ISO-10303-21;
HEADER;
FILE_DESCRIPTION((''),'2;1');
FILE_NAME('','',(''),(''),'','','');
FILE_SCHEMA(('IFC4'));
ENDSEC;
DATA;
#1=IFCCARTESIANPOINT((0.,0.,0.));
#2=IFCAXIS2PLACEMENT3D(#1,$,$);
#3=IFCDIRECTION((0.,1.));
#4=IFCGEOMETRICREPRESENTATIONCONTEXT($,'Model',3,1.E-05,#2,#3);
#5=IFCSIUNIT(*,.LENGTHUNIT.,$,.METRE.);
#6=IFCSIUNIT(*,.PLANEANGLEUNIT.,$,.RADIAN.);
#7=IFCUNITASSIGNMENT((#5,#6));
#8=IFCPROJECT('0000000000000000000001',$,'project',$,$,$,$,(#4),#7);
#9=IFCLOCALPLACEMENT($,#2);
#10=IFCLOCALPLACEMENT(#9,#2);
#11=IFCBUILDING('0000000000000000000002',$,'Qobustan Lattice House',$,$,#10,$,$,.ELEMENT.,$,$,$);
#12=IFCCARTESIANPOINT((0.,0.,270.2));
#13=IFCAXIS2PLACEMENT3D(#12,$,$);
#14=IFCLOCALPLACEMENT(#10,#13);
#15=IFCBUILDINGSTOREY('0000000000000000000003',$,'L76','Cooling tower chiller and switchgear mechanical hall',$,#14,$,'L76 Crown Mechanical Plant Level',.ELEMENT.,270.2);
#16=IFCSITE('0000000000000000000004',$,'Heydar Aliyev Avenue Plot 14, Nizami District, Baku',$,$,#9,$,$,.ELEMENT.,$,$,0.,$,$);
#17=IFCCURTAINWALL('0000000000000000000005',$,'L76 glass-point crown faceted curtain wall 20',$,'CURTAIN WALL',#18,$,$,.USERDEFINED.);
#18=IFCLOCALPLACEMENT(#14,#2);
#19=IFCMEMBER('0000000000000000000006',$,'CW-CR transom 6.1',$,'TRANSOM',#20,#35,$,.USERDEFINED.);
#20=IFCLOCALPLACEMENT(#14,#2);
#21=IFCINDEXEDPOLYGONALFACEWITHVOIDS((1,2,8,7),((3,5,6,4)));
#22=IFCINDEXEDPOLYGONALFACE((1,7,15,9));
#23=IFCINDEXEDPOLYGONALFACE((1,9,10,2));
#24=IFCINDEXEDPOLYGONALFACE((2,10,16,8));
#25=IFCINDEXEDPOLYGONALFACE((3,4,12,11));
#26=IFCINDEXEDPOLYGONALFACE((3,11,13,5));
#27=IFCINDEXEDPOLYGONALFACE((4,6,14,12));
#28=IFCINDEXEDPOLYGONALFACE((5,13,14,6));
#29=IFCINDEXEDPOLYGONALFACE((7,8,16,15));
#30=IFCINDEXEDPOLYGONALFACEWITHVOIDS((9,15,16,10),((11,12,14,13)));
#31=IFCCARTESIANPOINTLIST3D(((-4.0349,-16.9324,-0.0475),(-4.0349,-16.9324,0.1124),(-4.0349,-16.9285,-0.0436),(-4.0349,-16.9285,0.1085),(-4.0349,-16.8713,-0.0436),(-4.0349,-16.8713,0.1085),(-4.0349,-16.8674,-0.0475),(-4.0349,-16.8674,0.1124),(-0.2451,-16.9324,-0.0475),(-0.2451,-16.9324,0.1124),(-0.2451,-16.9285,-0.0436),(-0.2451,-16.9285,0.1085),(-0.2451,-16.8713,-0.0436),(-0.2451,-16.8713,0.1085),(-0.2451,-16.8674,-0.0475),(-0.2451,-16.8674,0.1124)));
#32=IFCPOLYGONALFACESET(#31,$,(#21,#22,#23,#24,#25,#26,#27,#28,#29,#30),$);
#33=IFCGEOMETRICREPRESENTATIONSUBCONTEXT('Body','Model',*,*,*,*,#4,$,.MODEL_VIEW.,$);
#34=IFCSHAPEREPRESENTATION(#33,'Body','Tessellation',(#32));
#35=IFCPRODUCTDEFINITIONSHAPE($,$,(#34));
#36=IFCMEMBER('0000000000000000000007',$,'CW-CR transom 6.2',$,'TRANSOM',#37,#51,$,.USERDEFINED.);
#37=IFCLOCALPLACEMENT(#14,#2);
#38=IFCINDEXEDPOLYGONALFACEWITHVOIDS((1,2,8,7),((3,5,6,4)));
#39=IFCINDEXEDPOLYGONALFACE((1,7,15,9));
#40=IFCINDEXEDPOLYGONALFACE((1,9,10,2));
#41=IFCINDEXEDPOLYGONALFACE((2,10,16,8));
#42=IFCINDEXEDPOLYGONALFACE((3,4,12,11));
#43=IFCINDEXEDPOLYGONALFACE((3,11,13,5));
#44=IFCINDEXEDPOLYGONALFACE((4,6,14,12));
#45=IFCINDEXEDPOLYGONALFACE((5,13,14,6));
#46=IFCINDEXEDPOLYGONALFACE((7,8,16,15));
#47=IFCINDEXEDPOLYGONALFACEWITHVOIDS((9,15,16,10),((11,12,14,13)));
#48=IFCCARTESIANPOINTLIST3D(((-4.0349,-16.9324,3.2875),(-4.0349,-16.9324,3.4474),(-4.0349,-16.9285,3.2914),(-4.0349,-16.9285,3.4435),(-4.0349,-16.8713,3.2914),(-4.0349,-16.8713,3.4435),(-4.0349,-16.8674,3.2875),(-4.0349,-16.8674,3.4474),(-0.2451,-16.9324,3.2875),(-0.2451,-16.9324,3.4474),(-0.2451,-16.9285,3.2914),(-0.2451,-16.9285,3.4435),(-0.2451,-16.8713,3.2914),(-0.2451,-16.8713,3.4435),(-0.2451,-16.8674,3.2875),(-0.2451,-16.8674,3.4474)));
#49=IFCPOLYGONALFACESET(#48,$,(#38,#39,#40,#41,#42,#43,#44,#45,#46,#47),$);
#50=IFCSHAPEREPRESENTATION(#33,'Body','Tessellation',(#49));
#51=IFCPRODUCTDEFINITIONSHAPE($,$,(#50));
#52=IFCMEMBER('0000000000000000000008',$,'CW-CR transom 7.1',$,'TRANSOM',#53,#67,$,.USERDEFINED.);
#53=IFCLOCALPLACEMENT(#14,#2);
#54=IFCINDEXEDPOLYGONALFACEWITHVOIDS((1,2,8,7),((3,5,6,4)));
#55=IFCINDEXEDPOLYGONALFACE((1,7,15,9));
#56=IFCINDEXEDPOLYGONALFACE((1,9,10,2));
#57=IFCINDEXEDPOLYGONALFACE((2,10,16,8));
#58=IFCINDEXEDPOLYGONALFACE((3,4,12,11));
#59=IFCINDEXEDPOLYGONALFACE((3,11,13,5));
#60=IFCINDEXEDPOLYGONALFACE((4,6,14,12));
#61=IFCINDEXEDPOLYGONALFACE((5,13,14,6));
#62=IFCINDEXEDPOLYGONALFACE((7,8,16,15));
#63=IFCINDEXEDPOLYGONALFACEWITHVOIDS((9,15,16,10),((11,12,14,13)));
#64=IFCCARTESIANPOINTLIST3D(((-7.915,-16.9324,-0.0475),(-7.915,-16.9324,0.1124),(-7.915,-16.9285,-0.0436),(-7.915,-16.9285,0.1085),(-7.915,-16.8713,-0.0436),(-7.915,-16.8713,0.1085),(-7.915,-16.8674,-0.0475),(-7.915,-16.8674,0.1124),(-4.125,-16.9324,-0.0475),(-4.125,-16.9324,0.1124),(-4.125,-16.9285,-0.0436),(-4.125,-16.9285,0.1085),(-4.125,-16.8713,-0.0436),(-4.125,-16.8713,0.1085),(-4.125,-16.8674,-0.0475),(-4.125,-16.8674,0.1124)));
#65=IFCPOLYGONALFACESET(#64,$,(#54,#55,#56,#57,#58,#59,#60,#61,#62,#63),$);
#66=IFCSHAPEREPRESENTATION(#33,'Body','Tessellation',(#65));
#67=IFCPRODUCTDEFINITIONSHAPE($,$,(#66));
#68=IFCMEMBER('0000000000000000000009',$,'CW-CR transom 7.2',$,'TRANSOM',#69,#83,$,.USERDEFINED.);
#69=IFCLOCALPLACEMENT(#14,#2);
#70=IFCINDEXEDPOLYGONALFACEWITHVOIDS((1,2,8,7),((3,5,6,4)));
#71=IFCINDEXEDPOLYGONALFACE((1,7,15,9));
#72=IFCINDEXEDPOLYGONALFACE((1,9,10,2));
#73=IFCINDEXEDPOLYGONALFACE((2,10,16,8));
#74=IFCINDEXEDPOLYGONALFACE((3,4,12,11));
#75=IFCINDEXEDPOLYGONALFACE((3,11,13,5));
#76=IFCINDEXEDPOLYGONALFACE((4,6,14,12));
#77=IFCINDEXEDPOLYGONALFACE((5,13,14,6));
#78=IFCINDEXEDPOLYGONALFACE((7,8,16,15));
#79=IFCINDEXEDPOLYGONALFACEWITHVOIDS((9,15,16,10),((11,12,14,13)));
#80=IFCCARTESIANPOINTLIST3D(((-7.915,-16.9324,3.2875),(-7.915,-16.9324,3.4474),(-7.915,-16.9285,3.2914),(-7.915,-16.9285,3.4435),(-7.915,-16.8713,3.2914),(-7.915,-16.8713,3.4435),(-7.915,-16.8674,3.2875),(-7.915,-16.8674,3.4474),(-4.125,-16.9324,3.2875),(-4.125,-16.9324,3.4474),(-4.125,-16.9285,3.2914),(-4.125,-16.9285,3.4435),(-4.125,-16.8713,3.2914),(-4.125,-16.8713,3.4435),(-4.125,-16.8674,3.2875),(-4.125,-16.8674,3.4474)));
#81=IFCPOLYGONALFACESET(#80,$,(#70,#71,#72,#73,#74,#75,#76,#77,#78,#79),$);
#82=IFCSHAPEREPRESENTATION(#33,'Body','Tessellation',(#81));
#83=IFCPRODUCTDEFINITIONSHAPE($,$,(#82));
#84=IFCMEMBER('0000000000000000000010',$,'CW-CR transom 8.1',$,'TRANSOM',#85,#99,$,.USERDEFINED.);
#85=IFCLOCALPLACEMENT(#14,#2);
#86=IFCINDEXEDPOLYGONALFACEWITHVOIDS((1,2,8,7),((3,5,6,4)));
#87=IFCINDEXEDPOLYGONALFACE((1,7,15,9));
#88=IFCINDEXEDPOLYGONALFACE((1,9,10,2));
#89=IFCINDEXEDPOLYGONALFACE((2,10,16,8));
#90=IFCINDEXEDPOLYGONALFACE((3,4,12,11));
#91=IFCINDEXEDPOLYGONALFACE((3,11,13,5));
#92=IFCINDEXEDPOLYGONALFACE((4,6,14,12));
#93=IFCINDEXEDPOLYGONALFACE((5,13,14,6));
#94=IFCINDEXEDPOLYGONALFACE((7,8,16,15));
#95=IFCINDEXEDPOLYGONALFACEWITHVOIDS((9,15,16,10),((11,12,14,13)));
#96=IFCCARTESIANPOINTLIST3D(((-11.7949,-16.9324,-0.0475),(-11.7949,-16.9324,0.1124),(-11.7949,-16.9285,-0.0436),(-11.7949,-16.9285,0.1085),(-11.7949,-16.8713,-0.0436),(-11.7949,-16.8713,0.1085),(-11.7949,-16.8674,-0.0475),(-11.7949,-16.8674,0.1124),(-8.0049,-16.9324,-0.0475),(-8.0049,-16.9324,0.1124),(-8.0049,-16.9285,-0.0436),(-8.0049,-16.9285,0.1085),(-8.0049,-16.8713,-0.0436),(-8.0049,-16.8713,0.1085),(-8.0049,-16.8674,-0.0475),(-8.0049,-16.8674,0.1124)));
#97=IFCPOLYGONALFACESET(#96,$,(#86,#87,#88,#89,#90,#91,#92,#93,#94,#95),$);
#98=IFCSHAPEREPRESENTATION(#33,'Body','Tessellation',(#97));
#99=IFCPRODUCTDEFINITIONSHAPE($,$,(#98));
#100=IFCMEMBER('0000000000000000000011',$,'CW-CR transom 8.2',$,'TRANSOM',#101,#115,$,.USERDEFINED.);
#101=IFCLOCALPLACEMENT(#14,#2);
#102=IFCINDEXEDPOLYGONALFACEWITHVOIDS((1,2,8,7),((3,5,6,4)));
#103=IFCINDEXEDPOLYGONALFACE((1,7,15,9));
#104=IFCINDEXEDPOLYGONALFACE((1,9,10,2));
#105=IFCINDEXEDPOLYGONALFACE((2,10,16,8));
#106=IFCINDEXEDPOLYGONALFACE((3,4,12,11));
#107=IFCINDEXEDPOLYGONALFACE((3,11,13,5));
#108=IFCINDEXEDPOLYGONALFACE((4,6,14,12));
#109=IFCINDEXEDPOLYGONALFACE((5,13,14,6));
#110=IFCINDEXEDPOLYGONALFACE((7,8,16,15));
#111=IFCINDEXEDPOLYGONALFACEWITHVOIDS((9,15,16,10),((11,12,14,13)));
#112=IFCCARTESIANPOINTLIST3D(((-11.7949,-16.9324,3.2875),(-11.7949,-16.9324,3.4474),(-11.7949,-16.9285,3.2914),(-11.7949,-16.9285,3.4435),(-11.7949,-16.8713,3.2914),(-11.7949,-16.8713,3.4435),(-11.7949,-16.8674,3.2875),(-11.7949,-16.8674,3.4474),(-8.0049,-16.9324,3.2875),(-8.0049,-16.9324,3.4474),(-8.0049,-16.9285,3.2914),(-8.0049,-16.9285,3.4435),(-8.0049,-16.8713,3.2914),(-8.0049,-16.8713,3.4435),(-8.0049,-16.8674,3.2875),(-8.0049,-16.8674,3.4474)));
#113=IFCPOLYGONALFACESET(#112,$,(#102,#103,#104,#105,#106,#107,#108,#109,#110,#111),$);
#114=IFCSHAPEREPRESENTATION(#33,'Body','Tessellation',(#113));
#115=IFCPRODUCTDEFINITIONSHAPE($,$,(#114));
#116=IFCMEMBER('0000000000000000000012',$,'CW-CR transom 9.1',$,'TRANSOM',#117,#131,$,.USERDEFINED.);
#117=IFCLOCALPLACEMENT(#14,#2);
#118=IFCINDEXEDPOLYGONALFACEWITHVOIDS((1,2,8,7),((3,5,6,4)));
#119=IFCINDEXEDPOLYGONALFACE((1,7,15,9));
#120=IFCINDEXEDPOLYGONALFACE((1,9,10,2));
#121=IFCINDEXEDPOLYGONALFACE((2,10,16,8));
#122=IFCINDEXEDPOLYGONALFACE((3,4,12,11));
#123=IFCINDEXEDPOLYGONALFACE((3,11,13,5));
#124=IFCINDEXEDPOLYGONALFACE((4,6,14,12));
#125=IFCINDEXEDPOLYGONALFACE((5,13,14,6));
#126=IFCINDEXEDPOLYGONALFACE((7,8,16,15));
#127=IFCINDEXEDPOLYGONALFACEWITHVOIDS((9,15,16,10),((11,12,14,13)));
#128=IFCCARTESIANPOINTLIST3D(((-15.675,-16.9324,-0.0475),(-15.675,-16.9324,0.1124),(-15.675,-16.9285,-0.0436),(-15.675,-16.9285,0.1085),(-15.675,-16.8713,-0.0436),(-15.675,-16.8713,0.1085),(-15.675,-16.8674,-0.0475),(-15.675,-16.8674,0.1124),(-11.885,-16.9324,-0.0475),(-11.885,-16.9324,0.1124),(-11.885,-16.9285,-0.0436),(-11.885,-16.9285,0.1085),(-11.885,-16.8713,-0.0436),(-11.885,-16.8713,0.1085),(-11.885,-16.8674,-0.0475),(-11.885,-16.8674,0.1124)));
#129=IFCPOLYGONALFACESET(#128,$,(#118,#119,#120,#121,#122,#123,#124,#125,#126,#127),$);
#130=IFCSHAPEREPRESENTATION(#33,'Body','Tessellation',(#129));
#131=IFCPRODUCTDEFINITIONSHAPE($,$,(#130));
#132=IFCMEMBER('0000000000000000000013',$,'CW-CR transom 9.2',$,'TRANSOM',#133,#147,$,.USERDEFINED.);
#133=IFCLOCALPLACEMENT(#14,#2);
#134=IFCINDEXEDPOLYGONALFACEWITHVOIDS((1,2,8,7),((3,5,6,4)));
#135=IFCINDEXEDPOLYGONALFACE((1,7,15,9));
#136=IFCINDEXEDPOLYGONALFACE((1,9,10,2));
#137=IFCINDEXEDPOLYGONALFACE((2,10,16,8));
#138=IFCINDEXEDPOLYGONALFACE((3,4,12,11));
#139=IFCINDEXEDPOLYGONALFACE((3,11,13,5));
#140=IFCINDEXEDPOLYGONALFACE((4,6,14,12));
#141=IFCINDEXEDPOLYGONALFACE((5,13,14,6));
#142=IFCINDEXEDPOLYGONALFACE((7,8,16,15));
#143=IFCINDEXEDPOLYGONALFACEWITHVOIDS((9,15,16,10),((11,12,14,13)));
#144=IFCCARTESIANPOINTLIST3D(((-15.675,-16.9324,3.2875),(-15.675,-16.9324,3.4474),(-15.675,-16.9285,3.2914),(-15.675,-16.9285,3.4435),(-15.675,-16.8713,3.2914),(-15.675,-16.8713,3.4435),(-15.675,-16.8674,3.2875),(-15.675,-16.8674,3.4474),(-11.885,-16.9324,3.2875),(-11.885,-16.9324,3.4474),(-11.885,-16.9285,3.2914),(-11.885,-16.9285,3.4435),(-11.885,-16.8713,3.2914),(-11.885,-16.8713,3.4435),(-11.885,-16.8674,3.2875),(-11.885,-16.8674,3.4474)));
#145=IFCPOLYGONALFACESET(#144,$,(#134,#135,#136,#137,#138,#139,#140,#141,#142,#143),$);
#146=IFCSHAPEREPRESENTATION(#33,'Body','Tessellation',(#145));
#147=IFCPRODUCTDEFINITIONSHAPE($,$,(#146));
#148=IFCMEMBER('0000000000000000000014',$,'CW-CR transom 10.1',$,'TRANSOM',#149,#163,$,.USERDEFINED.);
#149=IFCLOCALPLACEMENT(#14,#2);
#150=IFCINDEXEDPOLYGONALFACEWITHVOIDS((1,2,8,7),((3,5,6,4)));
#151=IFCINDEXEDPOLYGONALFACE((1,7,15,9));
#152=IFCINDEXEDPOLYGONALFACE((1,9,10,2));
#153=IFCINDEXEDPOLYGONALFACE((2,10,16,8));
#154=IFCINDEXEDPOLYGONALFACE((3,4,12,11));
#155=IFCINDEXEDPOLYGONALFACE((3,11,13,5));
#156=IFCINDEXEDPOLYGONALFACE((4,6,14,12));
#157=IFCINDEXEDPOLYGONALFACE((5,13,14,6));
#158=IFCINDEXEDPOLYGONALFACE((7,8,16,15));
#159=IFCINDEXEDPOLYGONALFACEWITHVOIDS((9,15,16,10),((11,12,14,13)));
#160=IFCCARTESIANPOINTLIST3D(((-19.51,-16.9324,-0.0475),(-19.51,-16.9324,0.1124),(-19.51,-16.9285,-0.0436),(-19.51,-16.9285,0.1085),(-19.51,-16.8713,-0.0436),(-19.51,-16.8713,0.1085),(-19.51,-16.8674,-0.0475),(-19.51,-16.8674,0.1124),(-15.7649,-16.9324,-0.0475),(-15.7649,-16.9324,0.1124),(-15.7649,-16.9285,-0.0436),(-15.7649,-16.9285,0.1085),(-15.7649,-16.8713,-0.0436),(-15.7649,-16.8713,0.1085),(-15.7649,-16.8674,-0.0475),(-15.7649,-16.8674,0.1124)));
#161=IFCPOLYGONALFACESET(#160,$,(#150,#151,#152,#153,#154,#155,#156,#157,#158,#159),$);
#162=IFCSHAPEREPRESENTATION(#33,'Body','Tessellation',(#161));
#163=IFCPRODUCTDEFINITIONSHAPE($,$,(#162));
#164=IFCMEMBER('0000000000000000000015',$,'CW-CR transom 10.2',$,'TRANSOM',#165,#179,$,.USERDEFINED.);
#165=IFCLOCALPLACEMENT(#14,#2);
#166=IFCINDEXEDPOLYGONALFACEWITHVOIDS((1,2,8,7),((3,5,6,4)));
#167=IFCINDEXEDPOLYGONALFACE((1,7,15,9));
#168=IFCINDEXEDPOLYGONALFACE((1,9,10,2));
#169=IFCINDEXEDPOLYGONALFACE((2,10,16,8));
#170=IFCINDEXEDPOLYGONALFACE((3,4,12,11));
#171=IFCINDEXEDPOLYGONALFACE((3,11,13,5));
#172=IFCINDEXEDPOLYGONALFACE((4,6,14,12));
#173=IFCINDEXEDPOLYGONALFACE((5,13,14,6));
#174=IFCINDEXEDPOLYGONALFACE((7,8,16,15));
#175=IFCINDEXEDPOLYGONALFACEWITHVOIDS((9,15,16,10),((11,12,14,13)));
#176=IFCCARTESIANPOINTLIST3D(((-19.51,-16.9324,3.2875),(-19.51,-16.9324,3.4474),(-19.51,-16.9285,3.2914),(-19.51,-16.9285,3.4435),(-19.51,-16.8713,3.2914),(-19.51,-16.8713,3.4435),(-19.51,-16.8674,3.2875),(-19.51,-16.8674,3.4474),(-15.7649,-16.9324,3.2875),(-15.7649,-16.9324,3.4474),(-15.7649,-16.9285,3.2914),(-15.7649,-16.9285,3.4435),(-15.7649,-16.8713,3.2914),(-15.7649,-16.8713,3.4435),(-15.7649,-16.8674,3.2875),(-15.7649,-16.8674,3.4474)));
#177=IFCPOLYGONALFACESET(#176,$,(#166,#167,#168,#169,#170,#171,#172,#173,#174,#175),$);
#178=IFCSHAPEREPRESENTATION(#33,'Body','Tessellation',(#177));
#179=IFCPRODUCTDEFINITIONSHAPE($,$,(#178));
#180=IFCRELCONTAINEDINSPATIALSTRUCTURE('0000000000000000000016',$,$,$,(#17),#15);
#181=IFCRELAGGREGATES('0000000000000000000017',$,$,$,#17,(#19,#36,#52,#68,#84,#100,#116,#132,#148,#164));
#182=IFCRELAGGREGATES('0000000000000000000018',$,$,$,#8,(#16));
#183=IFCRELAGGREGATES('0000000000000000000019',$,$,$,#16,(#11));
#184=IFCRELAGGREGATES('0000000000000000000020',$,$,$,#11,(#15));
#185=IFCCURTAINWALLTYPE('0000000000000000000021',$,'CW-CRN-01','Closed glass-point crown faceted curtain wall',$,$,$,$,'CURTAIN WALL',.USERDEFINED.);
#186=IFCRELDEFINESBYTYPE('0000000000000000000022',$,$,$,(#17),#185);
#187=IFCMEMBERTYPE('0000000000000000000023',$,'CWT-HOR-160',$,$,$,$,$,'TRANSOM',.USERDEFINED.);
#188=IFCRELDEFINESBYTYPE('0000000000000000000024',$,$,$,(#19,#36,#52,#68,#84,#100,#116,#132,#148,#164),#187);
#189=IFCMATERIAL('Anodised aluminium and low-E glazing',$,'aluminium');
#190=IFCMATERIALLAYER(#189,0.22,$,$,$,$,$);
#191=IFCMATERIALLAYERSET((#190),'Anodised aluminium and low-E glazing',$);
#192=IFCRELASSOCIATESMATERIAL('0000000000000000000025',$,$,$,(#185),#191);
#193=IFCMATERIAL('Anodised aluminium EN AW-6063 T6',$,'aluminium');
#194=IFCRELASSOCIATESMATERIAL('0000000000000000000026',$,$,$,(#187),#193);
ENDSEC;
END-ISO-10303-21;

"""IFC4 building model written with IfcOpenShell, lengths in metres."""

from ifc_helpers import new_model, si_unit, direction, frame, origin, origin_2d, place, context, subcontext, project, spatial, hollow_rectangle, extrude, material, layer, layer_set, material_profile, profile_set, type_object, element, aggregate, save


model = new_model("IFC4")

# Units and contexts
model_context = context("Model", 3, precision=1e-05, world=origin(), true_north=direction((0.0, 1.0)))
body_context = subcontext(model_context, "Body", "Model", "MODEL_VIEW")
ifc_project = project(units=[si_unit("LENGTHUNIT", "METRE"), si_unit("PLANEANGLEUNIT", "RADIAN")], contexts=[model_context])

# Site, building, storey
site_placement = place(None, origin())
site = spatial("IfcSite", under=ifc_project, at=site_placement, Name="Heydar Aliyev Avenue Plot 14, Nizami District, Baku", CompositionType="ELEMENT", RefElevation=0.0)
building_placement = place(site_placement, origin())
building = spatial("IfcBuilding", under=site, at=building_placement, Name="Qobustan Lattice House", CompositionType="ELEMENT")
storey_placement = place(building_placement, frame((0.0, 0.0, 270.2)))
storey = spatial("IfcBuildingStorey", under=building, at=storey_placement, Name="L76", Description="Cooling tower chiller and switchgear mechanical hall", LongName="L76 Crown Mechanical Plant Level", CompositionType="ELEMENT", Elevation=270.2)

# Curtain wall, members
ifc_material_1 = material(Name="Anodised aluminium and low-E glazing", Category="aluminium")
ifc_layer_1 = layer(ifc_material_1, 0.22)
ifc_layer_set_1 = layer_set([ifc_layer_1], Name="Anodised aluminium and low-E glazing")
curtain_wall_type = type_object("IfcCurtainWallType", Name="CW-CRN-01", Description="Closed glass-point crown faceted curtain wall", ElementType="CURTAIN WALL", PredefinedType="USERDEFINED", material=ifc_layer_set_1)
curtain_wall_placement = place(storey_placement, origin())
curtain_wall = element("IfcCurtainWall", 1, at=curtain_wall_placement, inside=storey, type_object=curtain_wall_type, Name="L76 glass-point crown faceted curtain wall 20", ObjectType="CURTAIN WALL", PredefinedType="USERDEFINED")
ifc_material_2 = material(Name="Anodised aluminium EN AW-6063 T6", Category="aluminium")
ifc_material_profile_1 = material_profile(ifc_material_2, hollow_rectangle(XDim=0.0649, YDim=0.1599, WallThickness=0.0039, at=origin_2d()), Name="CWT-160x65")
ifc_profile_set_1 = profile_set([ifc_material_profile_1], Name="Anodised aluminium EN AW-6063 T6")
member_type_1 = type_object("IfcMemberType", Name="CWT-HOR-160", ElementType="TRANSOM", PredefinedType="USERDEFINED", material=ifc_profile_set_1)
member_1_placement = place(storey_placement, frame((-0.2451, -16.8999, 0.0325), z_axis=(-1.0, 0.0, 0.0), x_axis=(0.0, -1.0, 0.0)))
member_1 = element("IfcMember", 2, at=member_1_placement, type_object=member_type_1, Name="CW-CR transom 6.1", ObjectType="TRANSOM", PredefinedType="USERDEFINED", context=body_context, shape_type="SweptSolid", body=[
    extrude(hollow_rectangle(XDim=0.0649, YDim=0.1599, WallThickness=0.0039, at=origin_2d()), origin(), (0.0, 0.0, 1.0), 3.7898),
])
member_2_placement = place(storey_placement, frame((-0.2451, -16.8999, 3.3674), z_axis=(-1.0, 0.0, 0.0), x_axis=(0.0, -1.0, 0.0)))
member_2 = element("IfcMember", 3, at=member_2_placement, type_object=member_type_1, Name="CW-CR transom 6.2", ObjectType="TRANSOM", PredefinedType="USERDEFINED", context=body_context, shape_type="SweptSolid", body=[
    extrude(hollow_rectangle(XDim=0.0649, YDim=0.1599, WallThickness=0.0039, at=origin_2d()), origin(), (0.0, 0.0, 1.0), 3.7898),
])
member_3_placement = place(storey_placement, frame((-4.125, -16.8999, 0.0325), z_axis=(-1.0, 0.0, 0.0), x_axis=(0.0, -1.0, 0.0)))
member_3 = element("IfcMember", 4, at=member_3_placement, type_object=member_type_1, Name="CW-CR transom 7.1", ObjectType="TRANSOM", PredefinedType="USERDEFINED", context=body_context, shape_type="SweptSolid", body=[
    extrude(hollow_rectangle(XDim=0.0649, YDim=0.1599, WallThickness=0.0039, at=origin_2d()), origin(), (0.0, 0.0, 1.0), 3.79),
])
member_4_placement = place(storey_placement, frame((-4.125, -16.8999, 3.3674), z_axis=(-1.0, 0.0, 0.0), x_axis=(0.0, -1.0, 0.0)))
member_4 = element("IfcMember", 5, at=member_4_placement, type_object=member_type_1, Name="CW-CR transom 7.2", ObjectType="TRANSOM", PredefinedType="USERDEFINED", context=body_context, shape_type="SweptSolid", body=[
    extrude(hollow_rectangle(XDim=0.0649, YDim=0.1599, WallThickness=0.0039, at=origin_2d()), origin(), (0.0, 0.0, 1.0), 3.79),
])
member_5_placement = place(storey_placement, frame((-8.0049, -16.8999, 0.0325), z_axis=(-1.0, 0.0, 0.0), x_axis=(0.0, -1.0, 0.0)))
member_5 = element("IfcMember", 6, at=member_5_placement, type_object=member_type_1, Name="CW-CR transom 8.1", ObjectType="TRANSOM", PredefinedType="USERDEFINED", context=body_context, shape_type="SweptSolid", body=[
    extrude(hollow_rectangle(XDim=0.0649, YDim=0.1599, WallThickness=0.0039, at=origin_2d()), origin(), (0.0, 0.0, 1.0), 3.79),
])
member_6_placement = place(storey_placement, frame((-8.0049, -16.8999, 3.3674), z_axis=(-1.0, 0.0, 0.0), x_axis=(0.0, -1.0, 0.0)))
member_6 = element("IfcMember", 7, at=member_6_placement, type_object=member_type_1, Name="CW-CR transom 8.2", ObjectType="TRANSOM", PredefinedType="USERDEFINED", context=body_context, shape_type="SweptSolid", body=[
    extrude(hollow_rectangle(XDim=0.0649, YDim=0.1599, WallThickness=0.0039, at=origin_2d()), origin(), (0.0, 0.0, 1.0), 3.79),
])
member_7_placement = place(storey_placement, frame((-11.885, -16.8999, 0.0325), z_axis=(-1.0, 0.0, 0.0), x_axis=(0.0, -1.0, 0.0)))
member_7 = element("IfcMember", 8, at=member_7_placement, type_object=member_type_1, Name="CW-CR transom 9.1", ObjectType="TRANSOM", PredefinedType="USERDEFINED", context=body_context, shape_type="SweptSolid", body=[
    extrude(hollow_rectangle(XDim=0.0649, YDim=0.1599, WallThickness=0.0039, at=origin_2d()), origin(), (0.0, 0.0, 1.0), 3.79),
])
member_8_placement = place(storey_placement, frame((-11.885, -16.8999, 3.3674), z_axis=(-1.0, 0.0, 0.0), x_axis=(0.0, -1.0, 0.0)))
member_8 = element("IfcMember", 9, at=member_8_placement, type_object=member_type_1, Name="CW-CR transom 9.2", ObjectType="TRANSOM", PredefinedType="USERDEFINED", context=body_context, shape_type="SweptSolid", body=[
    extrude(hollow_rectangle(XDim=0.0649, YDim=0.1599, WallThickness=0.0039, at=origin_2d()), origin(), (0.0, 0.0, 1.0), 3.79),
])
member_9_placement = place(storey_placement, frame((-15.7649, -16.8999, 0.0325), z_axis=(-1.0, 0.0, 0.0), x_axis=(0.0, -1.0, 0.0)))
member_9 = element("IfcMember", 10, at=member_9_placement, type_object=member_type_1, Name="CW-CR transom 10.1", ObjectType="TRANSOM", PredefinedType="USERDEFINED", context=body_context, shape_type="SweptSolid", body=[
    extrude(hollow_rectangle(XDim=0.0649, YDim=0.1599, WallThickness=0.0039, at=origin_2d()), origin(), (0.0, 0.0, 1.0), 3.7451),
])
member_10_placement = place(storey_placement, frame((-15.7649, -16.8999, 3.3674), z_axis=(-1.0, 0.0, 0.0), x_axis=(0.0, -1.0, 0.0)))
member_10 = element("IfcMember", 11, at=member_10_placement, type_object=member_type_1, Name="CW-CR transom 10.2", ObjectType="TRANSOM", PredefinedType="USERDEFINED", context=body_context, shape_type="SweptSolid", body=[
    extrude(hollow_rectangle(XDim=0.0649, YDim=0.1599, WallThickness=0.0039, at=origin_2d()), origin(), (0.0, 0.0, 1.0), 3.7451),
])

aggregate(curtain_wall, [member_1, member_2, member_3, member_4, member_5, member_6, member_7, member_8, member_9, member_10])

save(model, "model.ifc")
